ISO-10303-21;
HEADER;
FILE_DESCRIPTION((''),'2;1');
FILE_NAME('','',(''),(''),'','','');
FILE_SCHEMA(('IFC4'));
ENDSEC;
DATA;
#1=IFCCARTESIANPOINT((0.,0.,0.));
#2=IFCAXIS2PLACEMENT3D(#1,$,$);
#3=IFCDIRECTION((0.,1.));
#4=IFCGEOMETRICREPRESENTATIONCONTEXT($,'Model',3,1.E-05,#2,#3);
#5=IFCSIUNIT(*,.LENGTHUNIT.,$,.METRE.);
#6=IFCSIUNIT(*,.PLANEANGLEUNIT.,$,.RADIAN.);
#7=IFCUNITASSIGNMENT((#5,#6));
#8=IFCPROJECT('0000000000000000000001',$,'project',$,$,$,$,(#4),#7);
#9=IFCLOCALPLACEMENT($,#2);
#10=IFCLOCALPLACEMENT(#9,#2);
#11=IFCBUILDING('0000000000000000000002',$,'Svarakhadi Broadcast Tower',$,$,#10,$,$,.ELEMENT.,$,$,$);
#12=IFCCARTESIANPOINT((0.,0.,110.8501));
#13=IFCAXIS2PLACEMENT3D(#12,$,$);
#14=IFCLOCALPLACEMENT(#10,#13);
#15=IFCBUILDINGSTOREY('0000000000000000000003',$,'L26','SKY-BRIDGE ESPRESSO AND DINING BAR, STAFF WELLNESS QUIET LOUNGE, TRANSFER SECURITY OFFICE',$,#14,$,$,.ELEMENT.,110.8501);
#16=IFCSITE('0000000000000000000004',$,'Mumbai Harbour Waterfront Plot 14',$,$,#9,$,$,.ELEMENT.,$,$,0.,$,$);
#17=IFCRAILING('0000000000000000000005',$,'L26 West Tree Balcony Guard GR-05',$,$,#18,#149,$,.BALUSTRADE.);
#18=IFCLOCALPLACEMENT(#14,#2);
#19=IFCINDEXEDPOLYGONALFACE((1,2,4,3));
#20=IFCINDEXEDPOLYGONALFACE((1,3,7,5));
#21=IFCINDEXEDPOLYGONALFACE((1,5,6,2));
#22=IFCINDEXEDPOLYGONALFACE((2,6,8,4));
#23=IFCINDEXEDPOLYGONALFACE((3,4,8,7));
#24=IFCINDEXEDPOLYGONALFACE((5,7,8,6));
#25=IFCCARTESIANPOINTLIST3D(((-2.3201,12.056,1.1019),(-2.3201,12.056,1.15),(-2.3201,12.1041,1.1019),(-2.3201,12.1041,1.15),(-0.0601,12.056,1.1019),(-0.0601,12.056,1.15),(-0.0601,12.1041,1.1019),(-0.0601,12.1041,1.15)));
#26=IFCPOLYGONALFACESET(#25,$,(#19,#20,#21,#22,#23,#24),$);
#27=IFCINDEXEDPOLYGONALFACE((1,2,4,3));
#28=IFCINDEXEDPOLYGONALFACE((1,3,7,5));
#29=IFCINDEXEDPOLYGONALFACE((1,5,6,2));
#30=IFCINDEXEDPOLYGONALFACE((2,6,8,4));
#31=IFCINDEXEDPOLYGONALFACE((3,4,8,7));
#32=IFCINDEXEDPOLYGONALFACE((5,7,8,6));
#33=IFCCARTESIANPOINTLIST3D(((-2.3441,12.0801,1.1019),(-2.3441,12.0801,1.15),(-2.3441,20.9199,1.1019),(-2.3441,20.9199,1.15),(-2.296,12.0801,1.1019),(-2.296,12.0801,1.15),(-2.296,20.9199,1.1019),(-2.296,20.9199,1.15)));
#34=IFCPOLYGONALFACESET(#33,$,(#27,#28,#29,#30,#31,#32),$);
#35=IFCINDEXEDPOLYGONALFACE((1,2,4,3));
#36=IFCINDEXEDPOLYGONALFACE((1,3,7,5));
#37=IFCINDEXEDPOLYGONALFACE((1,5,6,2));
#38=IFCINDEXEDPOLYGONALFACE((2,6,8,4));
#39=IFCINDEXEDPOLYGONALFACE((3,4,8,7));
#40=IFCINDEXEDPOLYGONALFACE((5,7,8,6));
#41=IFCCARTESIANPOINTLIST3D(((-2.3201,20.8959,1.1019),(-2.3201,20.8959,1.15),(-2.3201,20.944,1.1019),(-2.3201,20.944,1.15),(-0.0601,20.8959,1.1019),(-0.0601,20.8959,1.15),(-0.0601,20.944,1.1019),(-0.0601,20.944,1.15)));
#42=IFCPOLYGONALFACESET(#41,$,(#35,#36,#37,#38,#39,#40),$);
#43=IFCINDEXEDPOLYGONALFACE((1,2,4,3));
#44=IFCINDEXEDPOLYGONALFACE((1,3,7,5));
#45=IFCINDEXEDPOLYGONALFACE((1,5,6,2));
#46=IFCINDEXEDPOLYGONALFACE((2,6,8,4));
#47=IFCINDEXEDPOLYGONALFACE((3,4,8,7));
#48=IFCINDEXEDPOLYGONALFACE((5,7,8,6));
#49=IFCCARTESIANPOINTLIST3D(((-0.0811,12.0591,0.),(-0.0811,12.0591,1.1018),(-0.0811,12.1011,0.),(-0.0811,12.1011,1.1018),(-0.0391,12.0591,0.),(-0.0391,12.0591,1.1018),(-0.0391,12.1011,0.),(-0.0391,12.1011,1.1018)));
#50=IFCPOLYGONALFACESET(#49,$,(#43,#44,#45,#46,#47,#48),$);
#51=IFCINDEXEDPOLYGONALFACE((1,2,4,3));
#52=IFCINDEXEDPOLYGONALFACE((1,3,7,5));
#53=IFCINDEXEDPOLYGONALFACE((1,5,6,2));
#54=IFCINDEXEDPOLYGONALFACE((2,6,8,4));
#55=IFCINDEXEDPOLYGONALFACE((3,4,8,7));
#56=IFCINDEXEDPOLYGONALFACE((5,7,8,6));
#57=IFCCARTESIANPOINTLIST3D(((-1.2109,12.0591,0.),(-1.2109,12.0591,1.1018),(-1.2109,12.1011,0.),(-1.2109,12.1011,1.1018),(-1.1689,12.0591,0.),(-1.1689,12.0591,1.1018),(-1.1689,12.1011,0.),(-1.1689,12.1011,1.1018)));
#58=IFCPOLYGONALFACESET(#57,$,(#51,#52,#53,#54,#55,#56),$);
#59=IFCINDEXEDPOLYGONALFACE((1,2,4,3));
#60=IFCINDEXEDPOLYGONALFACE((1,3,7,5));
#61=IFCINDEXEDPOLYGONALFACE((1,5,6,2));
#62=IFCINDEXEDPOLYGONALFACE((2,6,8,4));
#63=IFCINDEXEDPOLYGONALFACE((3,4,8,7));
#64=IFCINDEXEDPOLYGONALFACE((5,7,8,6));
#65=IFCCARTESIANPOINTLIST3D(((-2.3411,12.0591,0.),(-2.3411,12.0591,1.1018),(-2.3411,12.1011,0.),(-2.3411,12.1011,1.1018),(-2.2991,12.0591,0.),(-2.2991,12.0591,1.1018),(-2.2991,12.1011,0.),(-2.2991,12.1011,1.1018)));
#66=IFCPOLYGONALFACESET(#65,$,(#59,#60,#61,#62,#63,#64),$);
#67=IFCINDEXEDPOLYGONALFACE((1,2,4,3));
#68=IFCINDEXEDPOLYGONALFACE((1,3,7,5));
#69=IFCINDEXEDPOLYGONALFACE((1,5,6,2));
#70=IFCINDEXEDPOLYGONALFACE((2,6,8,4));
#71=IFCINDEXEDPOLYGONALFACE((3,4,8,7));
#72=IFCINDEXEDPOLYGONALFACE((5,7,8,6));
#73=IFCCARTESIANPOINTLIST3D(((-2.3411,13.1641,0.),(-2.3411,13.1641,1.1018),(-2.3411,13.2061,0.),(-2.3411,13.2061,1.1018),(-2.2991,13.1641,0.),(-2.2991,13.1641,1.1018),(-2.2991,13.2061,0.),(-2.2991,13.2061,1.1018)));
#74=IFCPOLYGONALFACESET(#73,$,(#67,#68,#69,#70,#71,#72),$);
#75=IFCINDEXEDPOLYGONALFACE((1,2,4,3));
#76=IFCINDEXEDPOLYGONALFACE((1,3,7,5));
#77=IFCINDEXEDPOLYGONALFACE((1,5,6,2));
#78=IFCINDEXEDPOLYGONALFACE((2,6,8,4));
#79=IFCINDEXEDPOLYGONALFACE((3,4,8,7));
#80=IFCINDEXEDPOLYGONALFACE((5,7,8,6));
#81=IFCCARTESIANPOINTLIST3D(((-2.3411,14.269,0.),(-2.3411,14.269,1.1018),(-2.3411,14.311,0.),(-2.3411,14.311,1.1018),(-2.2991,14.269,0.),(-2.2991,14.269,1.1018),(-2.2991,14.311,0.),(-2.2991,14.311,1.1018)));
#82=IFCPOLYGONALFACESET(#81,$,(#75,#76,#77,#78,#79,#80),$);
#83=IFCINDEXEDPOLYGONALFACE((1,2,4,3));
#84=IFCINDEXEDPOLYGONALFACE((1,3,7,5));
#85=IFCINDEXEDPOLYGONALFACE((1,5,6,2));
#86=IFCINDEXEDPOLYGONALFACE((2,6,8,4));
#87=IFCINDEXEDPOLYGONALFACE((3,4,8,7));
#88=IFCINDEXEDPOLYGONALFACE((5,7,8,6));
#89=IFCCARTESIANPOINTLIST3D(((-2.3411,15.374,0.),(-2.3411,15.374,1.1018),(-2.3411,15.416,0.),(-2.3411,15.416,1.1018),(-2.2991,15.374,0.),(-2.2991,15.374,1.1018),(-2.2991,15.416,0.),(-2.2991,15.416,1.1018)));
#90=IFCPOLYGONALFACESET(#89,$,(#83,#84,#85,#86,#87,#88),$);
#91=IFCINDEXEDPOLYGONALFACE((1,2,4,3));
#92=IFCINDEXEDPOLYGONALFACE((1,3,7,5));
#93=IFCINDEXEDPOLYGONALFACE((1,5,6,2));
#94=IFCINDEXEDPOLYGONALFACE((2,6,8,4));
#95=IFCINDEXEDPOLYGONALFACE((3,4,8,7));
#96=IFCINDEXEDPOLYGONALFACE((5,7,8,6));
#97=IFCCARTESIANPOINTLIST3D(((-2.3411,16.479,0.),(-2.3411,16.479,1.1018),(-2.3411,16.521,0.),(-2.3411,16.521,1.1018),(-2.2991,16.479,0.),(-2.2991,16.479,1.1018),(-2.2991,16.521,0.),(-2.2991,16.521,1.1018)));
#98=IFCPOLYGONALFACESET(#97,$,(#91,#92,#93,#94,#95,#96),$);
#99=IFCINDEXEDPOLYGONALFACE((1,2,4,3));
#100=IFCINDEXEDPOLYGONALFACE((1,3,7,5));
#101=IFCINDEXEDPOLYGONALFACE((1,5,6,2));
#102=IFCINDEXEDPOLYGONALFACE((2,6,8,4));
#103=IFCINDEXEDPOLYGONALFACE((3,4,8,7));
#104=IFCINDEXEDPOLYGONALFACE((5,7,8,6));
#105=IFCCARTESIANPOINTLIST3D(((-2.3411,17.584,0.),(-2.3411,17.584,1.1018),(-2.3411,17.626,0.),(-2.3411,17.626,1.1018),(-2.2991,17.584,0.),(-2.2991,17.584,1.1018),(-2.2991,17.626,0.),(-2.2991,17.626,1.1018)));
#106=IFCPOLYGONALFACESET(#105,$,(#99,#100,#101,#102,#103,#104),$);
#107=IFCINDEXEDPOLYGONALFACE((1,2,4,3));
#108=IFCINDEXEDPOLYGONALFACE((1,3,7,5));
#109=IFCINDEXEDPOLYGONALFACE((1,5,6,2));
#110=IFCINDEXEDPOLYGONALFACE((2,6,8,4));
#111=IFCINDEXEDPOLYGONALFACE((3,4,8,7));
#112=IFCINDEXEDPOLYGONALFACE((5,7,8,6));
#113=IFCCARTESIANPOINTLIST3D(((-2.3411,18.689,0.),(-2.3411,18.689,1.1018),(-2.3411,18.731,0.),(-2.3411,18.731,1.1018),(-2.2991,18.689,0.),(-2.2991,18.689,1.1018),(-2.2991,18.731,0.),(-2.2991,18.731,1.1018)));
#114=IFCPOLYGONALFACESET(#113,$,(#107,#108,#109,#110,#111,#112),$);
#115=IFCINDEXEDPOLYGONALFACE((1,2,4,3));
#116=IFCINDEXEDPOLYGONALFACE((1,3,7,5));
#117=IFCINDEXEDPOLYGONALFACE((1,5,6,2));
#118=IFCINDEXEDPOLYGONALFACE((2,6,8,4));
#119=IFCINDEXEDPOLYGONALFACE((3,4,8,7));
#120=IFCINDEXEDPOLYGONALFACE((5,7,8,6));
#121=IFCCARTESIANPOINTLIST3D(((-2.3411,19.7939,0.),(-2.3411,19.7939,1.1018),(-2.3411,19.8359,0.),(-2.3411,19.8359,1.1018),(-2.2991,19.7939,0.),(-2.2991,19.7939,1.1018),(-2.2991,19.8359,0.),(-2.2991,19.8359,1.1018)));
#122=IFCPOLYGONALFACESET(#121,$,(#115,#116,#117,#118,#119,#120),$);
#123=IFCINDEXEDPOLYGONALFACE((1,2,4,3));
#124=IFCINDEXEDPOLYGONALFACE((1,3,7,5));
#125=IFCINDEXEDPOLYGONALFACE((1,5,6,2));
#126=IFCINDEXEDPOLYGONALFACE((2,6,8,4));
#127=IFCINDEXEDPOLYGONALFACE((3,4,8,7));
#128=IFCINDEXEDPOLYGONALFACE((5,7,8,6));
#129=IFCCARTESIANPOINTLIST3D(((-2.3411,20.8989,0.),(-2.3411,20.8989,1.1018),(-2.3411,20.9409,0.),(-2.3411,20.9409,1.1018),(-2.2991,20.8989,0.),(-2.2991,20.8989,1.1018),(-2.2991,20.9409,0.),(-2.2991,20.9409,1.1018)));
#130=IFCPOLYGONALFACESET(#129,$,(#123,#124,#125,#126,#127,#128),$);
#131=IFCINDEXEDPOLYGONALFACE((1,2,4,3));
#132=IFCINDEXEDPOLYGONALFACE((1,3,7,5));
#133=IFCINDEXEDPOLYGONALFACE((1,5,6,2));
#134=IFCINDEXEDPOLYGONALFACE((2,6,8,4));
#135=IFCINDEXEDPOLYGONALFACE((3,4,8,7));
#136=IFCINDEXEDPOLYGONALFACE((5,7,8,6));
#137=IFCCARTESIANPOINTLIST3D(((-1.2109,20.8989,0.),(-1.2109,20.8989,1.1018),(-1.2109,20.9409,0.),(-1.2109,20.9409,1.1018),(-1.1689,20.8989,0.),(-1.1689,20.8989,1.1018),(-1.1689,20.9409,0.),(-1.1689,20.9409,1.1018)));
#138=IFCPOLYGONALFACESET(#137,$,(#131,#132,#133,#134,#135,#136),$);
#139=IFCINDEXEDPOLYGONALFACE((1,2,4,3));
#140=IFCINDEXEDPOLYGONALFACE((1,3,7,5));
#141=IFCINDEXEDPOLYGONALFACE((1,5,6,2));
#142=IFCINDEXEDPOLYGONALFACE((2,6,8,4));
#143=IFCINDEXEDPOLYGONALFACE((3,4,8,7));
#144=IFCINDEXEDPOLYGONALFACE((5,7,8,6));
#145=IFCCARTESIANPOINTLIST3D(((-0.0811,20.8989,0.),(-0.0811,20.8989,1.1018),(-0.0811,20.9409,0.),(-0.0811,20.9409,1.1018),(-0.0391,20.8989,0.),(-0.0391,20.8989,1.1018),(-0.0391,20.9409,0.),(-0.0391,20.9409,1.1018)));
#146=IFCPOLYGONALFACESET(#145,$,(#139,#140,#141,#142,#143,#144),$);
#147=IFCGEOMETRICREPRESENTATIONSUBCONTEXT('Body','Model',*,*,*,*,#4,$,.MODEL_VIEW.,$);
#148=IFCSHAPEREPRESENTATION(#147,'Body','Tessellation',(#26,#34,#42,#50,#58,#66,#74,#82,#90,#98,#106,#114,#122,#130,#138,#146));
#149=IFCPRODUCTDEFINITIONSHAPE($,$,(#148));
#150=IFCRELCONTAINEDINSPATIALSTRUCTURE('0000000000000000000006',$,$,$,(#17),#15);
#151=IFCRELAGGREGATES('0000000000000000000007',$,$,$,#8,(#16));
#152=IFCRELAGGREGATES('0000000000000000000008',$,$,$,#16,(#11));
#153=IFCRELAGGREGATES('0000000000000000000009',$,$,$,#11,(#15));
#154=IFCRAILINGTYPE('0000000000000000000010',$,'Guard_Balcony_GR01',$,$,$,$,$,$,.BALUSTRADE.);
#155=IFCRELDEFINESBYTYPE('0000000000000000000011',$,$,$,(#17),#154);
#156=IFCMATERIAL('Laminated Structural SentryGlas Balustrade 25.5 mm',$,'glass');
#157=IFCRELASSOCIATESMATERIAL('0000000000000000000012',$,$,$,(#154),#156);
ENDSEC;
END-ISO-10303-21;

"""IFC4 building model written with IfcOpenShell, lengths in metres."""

from ifc_helpers import new_model, si_unit, direction, frame, origin, origin_2d, place, context, subcontext, project, spatial, rectangle, extrude, material, type_object, element, save


model = new_model("IFC4")

# Units and contexts
model_context = context("Model", 3, precision=1e-05, world=origin(), true_north=direction((0.0, 1.0)))
body_context = subcontext(model_context, "Body", "Model", "MODEL_VIEW")
ifc_project = project(units=[si_unit("LENGTHUNIT", "METRE"), si_unit("PLANEANGLEUNIT", "RADIAN")], contexts=[model_context])

# Site, building, storey
site_placement = place(None, origin())
site = spatial("IfcSite", under=ifc_project, at=site_placement, Name="Mumbai Harbour Waterfront Plot 14", CompositionType="ELEMENT", RefElevation=0.0)
building_placement = place(site_placement, origin())
building = spatial("IfcBuilding", under=site, at=building_placement, Name="Svarakhadi Broadcast Tower", CompositionType="ELEMENT")
storey_placement = place(building_placement, frame((0.0, 0.0, 110.8501)))
storey = spatial("IfcBuildingStorey", under=building, at=storey_placement, Name="L26", Description="SKY-BRIDGE ESPRESSO AND DINING BAR, STAFF WELLNESS QUIET LOUNGE, TRANSFER SECURITY OFFICE", CompositionType="ELEMENT", Elevation=110.8501)

# Railing
ifc_material_1 = material(Name="Laminated Structural SentryGlas Balustrade 25.5 mm", Category="glass")
railing_type = type_object("IfcRailingType", Name="Guard_Balcony_GR01", PredefinedType="BALUSTRADE", material=ifc_material_1)
railing_placement = place(storey_placement, frame((-0.0601, 12.0801, 0.0)))
element("IfcRailing", 1, at=railing_placement, inside=storey, type_object=railing_type, Name="L26 West Tree Balcony Guard GR-05", PredefinedType="BALUSTRADE", context=body_context, shape_type="SweptSolid", body=[
    extrude(rectangle(XDim=0.0481, YDim=0.0481, at=origin_2d()), frame((0.0, 0.0, 1.126), z_axis=(-1.0, 0.0, 0.0), x_axis=(0.0, -1.0, 0.0)), (0.0, 0.0, 1.0), 2.26),
    extrude(rectangle(XDim=0.0481, YDim=0.0481, at=origin_2d()), frame((-2.26, 0.0, 1.126), z_axis=(0.0, 1.0, 0.0), x_axis=(-1.0, 0.0, 0.0)), (0.0, 0.0, 1.0), 8.8398),
    extrude(rectangle(XDim=0.0481, YDim=0.0481, at=origin_2d()), frame((-2.26, 8.8398, 1.126), z_axis=(1.0, 0.0, 0.0), x_axis=(0.0, 1.0, 0.0)), (0.0, 0.0, 1.0), 2.26),
    extrude(rectangle(XDim=0.042, YDim=0.042, at=origin_2d()), origin(), (0.0, 0.0, 1.0), 1.1018),
    extrude(rectangle(XDim=0.042, YDim=0.042, at=origin_2d()), frame((-1.1299, 0.0, 0.0)), (0.0, 0.0, 1.0), 1.1018),
    extrude(rectangle(XDim=0.042, YDim=0.042, at=origin_2d()), frame((-2.26, 0.0, 0.0)), (0.0, 0.0, 1.0), 1.1018),
    extrude(rectangle(XDim=0.042, YDim=0.042, at=origin_2d()), frame((-2.26, 1.105, 0.0)), (0.0, 0.0, 1.0), 1.1018),
    extrude(rectangle(XDim=0.042, YDim=0.042, at=origin_2d()), frame((-2.26, 2.21, 0.0)), (0.0, 0.0, 1.0), 1.1018),
    extrude(rectangle(XDim=0.042, YDim=0.042, at=origin_2d()), frame((-2.26, 3.3149, 0.0)), (0.0, 0.0, 1.0), 1.1018),
    extrude(rectangle(XDim=0.042, YDim=0.042, at=origin_2d()), frame((-2.26, 4.4199, 0.0)), (0.0, 0.0, 1.0), 1.1018),
    extrude(rectangle(XDim=0.042, YDim=0.042, at=origin_2d()), frame((-2.26, 5.5249, 0.0)), (0.0, 0.0, 1.0), 1.1018),
    extrude(rectangle(XDim=0.042, YDim=0.042, at=origin_2d()), frame((-2.26, 6.6299, 0.0)), (0.0, 0.0, 1.0), 1.1018),
    extrude(rectangle(XDim=0.042, YDim=0.042, at=origin_2d()), frame((-2.26, 7.7349, 0.0)), (0.0, 0.0, 1.0), 1.1018),
    extrude(rectangle(XDim=0.042, YDim=0.042, at=origin_2d()), frame((-2.26, 8.8398, 0.0)), (0.0, 0.0, 1.0), 1.1018),
    extrude(rectangle(XDim=0.042, YDim=0.042, at=origin_2d()), frame((-1.1299, 8.8398, 0.0)), (0.0, 0.0, 1.0), 1.1018),
    extrude(rectangle(XDim=0.042, YDim=0.042, at=origin_2d()), frame((0.0, 8.8398, 0.0)), (0.0, 0.0, 1.0), 1.1018),
])

save(model, "model.ifc")
